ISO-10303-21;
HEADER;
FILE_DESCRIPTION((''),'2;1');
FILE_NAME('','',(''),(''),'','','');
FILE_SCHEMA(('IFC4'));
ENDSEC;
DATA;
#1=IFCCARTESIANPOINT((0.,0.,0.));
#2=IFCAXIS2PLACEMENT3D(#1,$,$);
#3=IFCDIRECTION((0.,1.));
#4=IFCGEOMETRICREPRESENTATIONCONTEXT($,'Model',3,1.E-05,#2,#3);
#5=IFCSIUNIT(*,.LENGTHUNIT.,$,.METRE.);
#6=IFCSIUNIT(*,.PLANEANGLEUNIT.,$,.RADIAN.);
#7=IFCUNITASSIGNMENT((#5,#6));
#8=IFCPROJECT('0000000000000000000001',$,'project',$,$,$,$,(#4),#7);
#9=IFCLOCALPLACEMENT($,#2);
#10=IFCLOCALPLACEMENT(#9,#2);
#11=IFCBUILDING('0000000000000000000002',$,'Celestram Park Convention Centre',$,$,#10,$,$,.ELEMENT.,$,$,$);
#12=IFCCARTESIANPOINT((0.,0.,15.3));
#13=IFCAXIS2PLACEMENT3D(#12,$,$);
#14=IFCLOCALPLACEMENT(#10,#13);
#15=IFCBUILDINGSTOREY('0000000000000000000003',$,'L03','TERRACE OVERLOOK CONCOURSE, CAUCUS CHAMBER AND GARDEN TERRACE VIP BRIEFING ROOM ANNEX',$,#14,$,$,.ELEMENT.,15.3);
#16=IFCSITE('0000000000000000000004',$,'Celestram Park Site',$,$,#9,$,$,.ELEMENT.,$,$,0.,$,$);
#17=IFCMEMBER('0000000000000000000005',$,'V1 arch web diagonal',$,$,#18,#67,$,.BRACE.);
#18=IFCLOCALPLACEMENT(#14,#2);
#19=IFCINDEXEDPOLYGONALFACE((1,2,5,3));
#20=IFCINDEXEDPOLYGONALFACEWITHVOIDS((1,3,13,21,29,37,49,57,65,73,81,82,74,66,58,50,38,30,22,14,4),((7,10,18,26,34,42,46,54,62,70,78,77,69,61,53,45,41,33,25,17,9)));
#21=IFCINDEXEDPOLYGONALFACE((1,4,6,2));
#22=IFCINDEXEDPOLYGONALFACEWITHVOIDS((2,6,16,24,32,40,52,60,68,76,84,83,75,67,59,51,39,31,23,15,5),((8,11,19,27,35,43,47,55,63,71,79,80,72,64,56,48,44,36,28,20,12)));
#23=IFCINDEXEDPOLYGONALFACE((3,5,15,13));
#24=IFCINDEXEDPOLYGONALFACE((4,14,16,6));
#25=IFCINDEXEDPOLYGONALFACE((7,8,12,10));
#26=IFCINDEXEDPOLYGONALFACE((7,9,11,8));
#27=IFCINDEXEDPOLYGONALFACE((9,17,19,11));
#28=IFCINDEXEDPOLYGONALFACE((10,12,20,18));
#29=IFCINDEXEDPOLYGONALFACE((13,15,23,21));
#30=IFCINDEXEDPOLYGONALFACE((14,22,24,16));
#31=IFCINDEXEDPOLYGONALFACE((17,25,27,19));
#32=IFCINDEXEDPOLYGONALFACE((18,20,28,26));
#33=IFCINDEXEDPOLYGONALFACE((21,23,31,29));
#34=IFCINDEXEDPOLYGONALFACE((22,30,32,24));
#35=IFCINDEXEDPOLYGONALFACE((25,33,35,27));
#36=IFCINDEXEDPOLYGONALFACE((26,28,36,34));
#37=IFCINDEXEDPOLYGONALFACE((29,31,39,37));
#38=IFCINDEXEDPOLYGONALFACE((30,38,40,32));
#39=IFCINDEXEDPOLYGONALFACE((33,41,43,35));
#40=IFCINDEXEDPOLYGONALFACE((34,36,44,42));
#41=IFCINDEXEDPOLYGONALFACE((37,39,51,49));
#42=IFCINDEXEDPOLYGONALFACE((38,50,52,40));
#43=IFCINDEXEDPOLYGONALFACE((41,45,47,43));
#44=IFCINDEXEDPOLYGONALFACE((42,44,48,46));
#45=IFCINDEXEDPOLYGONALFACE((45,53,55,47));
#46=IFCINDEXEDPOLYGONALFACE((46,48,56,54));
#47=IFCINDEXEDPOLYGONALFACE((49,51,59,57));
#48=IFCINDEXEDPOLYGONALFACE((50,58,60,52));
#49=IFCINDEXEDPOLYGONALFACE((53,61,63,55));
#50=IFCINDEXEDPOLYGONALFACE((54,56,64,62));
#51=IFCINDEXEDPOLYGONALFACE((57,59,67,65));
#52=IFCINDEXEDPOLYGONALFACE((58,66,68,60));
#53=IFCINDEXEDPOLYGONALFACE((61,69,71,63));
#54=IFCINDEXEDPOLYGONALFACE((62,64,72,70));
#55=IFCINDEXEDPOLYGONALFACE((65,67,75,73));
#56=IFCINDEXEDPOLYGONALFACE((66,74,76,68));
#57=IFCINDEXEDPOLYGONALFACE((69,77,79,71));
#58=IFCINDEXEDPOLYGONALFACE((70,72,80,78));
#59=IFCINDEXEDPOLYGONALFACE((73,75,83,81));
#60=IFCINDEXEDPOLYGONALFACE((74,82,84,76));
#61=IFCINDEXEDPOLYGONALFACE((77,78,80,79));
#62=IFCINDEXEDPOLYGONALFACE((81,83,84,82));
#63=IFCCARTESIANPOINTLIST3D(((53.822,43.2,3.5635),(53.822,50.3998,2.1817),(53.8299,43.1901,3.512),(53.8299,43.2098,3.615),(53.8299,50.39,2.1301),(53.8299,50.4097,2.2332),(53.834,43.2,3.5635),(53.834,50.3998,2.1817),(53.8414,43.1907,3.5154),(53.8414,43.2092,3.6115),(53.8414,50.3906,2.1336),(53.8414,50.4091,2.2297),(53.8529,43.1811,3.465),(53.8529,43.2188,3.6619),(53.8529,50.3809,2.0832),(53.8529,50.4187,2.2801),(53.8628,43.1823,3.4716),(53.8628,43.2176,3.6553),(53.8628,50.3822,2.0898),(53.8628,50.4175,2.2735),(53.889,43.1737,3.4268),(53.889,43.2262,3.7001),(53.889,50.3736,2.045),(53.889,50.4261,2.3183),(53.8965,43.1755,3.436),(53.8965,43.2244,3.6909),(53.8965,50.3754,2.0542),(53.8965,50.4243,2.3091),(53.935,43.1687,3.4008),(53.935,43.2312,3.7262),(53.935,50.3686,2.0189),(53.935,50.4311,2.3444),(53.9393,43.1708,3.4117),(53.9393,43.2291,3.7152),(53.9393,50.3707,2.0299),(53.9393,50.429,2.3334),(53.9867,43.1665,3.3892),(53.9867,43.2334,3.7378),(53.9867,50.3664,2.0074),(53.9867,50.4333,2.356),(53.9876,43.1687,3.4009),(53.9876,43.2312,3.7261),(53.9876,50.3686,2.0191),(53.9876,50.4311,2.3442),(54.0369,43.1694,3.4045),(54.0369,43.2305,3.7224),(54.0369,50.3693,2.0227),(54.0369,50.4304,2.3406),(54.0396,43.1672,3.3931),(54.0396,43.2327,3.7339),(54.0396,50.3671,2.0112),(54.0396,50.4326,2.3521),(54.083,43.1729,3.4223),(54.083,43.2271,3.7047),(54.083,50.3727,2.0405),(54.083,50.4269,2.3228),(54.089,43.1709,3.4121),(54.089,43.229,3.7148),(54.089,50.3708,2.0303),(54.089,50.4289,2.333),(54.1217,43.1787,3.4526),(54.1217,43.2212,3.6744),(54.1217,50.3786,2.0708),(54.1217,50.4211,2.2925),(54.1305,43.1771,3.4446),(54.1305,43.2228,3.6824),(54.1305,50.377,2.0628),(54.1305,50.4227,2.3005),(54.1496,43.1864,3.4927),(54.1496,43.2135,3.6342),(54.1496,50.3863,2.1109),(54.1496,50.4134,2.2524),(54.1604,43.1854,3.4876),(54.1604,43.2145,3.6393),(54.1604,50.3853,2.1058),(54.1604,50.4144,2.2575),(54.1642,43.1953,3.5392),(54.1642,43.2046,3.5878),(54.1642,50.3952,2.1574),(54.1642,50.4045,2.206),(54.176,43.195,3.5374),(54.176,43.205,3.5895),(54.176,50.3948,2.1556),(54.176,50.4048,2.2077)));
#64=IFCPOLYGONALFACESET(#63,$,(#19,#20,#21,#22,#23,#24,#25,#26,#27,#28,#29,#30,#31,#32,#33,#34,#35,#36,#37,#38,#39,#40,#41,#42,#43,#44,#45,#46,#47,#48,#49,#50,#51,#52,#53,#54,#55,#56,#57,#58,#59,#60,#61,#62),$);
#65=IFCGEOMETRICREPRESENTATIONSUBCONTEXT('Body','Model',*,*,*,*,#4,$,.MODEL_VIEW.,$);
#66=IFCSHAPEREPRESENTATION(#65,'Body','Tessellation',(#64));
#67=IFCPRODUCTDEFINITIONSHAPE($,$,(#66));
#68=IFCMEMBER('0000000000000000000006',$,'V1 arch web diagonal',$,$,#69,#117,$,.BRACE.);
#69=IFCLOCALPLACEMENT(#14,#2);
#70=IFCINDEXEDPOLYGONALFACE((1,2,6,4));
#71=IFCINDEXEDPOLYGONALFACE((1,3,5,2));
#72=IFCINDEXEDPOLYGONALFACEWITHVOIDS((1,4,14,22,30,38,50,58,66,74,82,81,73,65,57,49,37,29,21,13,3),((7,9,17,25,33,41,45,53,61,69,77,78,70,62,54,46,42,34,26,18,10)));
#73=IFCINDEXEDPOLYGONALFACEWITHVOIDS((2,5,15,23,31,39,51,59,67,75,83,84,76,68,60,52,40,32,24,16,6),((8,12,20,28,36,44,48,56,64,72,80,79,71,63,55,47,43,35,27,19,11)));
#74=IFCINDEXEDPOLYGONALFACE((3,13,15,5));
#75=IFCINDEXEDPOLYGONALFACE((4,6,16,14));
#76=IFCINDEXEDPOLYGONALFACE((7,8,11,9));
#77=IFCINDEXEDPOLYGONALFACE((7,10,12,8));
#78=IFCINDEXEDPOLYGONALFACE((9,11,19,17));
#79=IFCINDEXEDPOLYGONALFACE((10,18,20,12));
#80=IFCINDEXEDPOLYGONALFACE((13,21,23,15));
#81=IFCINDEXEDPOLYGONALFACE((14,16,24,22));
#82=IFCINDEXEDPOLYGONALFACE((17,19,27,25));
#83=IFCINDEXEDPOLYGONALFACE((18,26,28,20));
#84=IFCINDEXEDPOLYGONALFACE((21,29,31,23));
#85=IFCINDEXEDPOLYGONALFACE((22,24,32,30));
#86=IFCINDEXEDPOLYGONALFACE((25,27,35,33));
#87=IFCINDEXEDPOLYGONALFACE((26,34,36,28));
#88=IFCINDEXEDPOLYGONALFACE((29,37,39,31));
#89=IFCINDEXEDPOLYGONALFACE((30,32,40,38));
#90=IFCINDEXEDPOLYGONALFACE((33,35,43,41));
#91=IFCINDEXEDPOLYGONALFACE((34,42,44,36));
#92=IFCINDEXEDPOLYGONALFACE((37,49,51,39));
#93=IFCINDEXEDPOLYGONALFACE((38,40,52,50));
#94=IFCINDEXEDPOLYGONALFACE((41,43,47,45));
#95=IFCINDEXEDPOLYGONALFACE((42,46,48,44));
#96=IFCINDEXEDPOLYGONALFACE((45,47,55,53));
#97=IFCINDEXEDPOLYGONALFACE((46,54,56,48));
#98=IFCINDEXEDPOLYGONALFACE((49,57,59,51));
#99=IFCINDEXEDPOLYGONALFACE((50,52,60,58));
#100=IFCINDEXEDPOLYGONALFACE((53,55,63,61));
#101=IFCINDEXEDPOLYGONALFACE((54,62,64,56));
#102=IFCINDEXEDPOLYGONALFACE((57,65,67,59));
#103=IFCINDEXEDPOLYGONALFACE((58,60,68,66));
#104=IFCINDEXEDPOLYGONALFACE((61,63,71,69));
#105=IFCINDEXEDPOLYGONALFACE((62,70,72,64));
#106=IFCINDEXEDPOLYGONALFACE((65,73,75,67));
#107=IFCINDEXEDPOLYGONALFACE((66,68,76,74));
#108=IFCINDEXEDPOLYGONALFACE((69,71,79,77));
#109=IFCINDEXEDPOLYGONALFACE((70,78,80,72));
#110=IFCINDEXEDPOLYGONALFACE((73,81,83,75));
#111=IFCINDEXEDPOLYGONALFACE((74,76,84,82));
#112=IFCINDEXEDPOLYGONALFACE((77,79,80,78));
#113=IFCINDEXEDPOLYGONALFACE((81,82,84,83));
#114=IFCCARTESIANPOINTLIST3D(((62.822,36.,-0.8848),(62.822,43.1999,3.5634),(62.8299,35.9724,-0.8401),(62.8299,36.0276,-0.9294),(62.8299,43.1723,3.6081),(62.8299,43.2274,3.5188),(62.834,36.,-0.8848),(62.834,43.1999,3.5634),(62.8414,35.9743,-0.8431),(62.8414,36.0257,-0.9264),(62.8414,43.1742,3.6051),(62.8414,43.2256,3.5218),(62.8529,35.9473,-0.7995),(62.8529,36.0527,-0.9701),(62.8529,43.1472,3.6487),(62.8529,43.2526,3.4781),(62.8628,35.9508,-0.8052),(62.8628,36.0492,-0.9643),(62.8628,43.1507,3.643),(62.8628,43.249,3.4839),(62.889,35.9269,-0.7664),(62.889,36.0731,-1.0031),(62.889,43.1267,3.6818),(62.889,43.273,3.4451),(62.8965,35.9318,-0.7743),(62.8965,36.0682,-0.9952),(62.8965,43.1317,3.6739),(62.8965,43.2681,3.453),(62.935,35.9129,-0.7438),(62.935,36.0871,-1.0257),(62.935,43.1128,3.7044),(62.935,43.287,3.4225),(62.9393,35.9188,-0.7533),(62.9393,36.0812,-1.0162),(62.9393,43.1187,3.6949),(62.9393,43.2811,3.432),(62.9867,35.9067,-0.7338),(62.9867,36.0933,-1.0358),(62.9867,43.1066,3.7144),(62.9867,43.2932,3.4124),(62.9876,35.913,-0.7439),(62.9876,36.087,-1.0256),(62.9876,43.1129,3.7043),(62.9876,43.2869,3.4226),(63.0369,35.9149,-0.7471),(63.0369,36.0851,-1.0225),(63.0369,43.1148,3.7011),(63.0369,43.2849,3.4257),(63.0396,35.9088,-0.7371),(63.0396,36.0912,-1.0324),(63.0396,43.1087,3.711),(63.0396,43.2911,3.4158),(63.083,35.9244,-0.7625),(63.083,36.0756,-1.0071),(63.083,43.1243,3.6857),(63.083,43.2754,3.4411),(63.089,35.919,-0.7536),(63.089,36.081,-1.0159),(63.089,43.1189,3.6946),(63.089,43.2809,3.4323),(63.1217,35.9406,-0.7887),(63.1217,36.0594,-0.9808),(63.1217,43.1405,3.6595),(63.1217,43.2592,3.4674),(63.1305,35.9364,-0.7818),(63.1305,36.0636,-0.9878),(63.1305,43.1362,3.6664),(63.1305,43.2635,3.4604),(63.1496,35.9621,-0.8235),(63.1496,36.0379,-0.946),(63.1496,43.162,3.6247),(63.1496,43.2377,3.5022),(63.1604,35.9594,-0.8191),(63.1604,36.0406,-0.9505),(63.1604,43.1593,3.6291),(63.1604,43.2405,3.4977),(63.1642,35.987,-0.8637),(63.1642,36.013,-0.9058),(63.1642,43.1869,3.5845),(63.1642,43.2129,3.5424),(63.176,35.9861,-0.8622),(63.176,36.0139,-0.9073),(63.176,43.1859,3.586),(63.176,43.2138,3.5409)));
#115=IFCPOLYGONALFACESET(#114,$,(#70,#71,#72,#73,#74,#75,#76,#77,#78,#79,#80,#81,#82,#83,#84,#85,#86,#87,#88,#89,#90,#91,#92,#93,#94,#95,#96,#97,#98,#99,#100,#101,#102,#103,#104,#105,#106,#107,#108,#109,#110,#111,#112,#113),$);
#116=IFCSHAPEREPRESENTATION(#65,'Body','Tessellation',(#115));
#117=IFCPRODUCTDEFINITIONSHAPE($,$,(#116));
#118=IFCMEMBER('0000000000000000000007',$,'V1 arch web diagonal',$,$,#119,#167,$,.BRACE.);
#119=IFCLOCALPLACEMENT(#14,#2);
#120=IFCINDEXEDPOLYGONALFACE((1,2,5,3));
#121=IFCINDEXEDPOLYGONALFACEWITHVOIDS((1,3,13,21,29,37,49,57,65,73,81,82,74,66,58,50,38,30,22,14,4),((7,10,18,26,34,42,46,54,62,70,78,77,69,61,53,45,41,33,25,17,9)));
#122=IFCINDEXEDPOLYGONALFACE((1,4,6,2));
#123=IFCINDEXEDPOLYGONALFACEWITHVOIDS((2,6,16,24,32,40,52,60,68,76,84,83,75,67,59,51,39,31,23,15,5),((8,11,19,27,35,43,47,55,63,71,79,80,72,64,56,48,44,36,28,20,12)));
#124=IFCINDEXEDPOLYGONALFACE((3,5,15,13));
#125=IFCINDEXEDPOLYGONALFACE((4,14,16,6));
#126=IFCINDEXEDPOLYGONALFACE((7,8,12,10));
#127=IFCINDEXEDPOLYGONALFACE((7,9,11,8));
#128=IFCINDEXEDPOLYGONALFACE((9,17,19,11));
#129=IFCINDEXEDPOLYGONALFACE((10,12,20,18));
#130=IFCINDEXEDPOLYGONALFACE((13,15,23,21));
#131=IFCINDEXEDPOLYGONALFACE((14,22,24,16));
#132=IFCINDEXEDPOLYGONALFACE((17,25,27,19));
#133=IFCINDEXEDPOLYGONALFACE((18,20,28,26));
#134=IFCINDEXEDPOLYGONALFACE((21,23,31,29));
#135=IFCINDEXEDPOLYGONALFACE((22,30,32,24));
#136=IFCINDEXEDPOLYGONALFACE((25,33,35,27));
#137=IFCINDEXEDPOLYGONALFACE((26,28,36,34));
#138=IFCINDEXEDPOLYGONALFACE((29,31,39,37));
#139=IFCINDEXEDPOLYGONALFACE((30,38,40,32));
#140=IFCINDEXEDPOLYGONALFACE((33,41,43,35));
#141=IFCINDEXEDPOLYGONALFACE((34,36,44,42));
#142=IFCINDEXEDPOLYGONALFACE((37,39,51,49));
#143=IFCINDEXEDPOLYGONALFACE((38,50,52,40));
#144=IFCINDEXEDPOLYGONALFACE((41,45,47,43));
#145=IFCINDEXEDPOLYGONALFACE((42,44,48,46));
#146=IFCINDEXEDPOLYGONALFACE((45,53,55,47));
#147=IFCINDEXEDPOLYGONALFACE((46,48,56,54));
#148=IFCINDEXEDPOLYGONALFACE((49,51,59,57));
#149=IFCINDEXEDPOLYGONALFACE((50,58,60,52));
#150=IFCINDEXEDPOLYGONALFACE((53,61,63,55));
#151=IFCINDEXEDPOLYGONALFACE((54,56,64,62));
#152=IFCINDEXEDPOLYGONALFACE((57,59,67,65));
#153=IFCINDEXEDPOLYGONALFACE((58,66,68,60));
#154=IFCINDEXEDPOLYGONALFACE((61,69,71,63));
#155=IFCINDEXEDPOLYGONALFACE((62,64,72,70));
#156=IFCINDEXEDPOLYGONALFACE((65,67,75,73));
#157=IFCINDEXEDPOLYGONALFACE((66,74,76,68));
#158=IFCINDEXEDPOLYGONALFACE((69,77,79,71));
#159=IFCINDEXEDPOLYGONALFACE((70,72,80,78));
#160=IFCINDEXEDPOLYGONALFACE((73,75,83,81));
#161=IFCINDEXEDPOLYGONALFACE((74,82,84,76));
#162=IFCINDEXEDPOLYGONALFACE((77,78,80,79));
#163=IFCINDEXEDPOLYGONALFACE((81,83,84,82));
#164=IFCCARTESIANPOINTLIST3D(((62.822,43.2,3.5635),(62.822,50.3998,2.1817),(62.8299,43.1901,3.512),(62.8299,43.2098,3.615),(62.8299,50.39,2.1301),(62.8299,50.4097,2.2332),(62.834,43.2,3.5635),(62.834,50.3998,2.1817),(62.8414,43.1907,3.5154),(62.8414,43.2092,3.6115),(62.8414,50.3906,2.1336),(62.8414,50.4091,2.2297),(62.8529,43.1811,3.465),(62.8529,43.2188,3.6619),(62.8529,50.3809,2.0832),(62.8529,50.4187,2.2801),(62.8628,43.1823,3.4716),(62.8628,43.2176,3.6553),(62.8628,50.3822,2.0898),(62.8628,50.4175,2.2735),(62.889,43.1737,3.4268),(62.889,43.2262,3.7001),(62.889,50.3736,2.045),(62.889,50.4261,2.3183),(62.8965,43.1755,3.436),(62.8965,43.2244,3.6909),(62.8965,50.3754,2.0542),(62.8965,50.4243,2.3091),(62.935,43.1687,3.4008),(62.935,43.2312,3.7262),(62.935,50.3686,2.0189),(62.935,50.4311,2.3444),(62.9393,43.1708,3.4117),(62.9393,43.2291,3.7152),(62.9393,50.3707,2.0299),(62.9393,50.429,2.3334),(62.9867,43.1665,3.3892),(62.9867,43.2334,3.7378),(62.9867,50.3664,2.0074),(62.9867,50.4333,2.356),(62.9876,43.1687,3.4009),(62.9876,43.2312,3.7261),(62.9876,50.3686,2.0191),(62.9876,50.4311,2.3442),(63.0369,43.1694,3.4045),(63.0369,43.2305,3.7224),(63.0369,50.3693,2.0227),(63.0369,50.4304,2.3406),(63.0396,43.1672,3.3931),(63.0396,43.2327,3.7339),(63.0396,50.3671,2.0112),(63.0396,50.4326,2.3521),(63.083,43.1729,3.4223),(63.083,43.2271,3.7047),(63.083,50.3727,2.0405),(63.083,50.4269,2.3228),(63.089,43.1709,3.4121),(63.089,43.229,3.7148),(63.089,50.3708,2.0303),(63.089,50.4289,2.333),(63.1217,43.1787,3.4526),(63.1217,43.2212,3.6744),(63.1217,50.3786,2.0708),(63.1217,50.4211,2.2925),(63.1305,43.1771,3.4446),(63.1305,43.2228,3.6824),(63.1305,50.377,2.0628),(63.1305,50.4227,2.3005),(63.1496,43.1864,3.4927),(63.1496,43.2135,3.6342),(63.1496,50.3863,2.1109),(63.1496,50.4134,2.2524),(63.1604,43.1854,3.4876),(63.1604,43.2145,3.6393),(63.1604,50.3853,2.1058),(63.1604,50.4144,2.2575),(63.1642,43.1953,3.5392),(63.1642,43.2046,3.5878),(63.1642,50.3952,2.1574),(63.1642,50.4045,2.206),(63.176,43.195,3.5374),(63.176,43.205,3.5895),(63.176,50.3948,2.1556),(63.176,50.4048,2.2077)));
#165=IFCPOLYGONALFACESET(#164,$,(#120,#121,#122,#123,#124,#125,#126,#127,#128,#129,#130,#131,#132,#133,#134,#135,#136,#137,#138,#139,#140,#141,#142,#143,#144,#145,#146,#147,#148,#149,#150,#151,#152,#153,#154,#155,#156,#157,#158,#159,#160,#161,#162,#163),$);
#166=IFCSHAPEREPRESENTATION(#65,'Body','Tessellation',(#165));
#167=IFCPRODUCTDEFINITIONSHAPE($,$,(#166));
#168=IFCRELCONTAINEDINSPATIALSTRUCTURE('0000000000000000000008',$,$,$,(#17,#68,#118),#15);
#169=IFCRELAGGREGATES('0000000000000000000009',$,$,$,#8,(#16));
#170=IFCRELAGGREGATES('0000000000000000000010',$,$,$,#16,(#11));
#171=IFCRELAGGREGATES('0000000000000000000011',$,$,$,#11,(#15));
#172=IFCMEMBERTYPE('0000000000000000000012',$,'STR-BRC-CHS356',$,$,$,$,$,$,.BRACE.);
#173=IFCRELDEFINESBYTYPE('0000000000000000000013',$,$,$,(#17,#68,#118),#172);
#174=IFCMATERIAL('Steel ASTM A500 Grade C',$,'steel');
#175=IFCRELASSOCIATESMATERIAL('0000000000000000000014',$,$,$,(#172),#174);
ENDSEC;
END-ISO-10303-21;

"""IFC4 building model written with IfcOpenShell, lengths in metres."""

from ifc_helpers import new_model, si_unit, direction, frame, origin, origin_2d, place, context, subcontext, project, spatial, hollow_circle, extrude, material, material_profile, profile_set, type_object, element, save


model = new_model("IFC4")

# Units and contexts
model_context = context("Model", 3, precision=1e-05, world=origin(), true_north=direction((0.0, 1.0)))
body_context = subcontext(model_context, "Body", "Model", "MODEL_VIEW")
ifc_project = project(units=[si_unit("LENGTHUNIT", "METRE"), si_unit("PLANEANGLEUNIT", "RADIAN")], contexts=[model_context])

# Site, building, storey
site_placement = place(None, origin())
site = spatial("IfcSite", under=ifc_project, at=site_placement, Name="Celestram Park Site", CompositionType="ELEMENT", RefElevation=0.0)
building_placement = place(site_placement, origin())
building = spatial("IfcBuilding", under=site, at=building_placement, Name="Celestram Park Convention Centre", CompositionType="ELEMENT")
storey_placement = place(building_placement, frame((0.0, 0.0, 15.3)))
storey = spatial("IfcBuildingStorey", under=building, at=storey_placement, Name="L03", Description="TERRACE OVERLOOK CONCOURSE, CAUCUS CHAMBER AND GARDEN TERRACE VIP BRIEFING ROOM ANNEX", CompositionType="ELEMENT", Elevation=15.3)

# Members
ifc_material_1 = material(Name="Steel ASTM A500 Grade C", Category="steel")
ifc_material_profile_1 = material_profile(ifc_material_1, hollow_circle(Radius=0.178, WallThickness=0.012, at=origin_2d()), Name="CHS356X12")
ifc_profile_set_1 = profile_set([ifc_material_profile_1], Name="Steel ASTM A500 Grade C")
member_type_1 = type_object("IfcMemberType", Name="STR-BRC-CHS356", PredefinedType="BRACE", material=ifc_profile_set_1)
member_1_placement = place(storey_placement, frame((54.0, 43.2, 3.5635), z_axis=(0.0, 0.982076, -0.188483), x_axis=(-1.0, 0.0, 0.0)))
element("IfcMember", 1, at=member_1_placement, inside=storey, type_object=member_type_1, Name="V1 arch web diagonal", PredefinedType="BRACE", context=body_context, shape_type="SweptSolid", body=[
    extrude(hollow_circle(Radius=0.178, WallThickness=0.012, at=origin_2d()), origin(), (0.0, 0.0, 1.0), 7.3313),
])
member_2_placement = place(storey_placement, frame((63.0, 36.0, -0.8848), z_axis=(0.0, 0.850734, 0.525597), x_axis=(-1.0, 0.0, 0.0)))
element("IfcMember", 2, at=member_2_placement, inside=storey, type_object=member_type_1, Name="V1 arch web diagonal", PredefinedType="BRACE", context=body_context, shape_type="SweptSolid", body=[
    extrude(hollow_circle(Radius=0.178, WallThickness=0.012, at=origin_2d()), origin(), (0.0, 0.0, 1.0), 8.4631),
])
member_3_placement = place(storey_placement, frame((63.0, 43.2, 3.5635), z_axis=(0.0, 0.982076, -0.188483), x_axis=(-1.0, 0.0, 0.0)))
element("IfcMember", 3, at=member_3_placement, inside=storey, type_object=member_type_1, Name="V1 arch web diagonal", PredefinedType="BRACE", context=body_context, shape_type="SweptSolid", body=[
    extrude(hollow_circle(Radius=0.178, WallThickness=0.012, at=origin_2d()), origin(), (0.0, 0.0, 1.0), 7.3313),
])

save(model, "model.ifc")
